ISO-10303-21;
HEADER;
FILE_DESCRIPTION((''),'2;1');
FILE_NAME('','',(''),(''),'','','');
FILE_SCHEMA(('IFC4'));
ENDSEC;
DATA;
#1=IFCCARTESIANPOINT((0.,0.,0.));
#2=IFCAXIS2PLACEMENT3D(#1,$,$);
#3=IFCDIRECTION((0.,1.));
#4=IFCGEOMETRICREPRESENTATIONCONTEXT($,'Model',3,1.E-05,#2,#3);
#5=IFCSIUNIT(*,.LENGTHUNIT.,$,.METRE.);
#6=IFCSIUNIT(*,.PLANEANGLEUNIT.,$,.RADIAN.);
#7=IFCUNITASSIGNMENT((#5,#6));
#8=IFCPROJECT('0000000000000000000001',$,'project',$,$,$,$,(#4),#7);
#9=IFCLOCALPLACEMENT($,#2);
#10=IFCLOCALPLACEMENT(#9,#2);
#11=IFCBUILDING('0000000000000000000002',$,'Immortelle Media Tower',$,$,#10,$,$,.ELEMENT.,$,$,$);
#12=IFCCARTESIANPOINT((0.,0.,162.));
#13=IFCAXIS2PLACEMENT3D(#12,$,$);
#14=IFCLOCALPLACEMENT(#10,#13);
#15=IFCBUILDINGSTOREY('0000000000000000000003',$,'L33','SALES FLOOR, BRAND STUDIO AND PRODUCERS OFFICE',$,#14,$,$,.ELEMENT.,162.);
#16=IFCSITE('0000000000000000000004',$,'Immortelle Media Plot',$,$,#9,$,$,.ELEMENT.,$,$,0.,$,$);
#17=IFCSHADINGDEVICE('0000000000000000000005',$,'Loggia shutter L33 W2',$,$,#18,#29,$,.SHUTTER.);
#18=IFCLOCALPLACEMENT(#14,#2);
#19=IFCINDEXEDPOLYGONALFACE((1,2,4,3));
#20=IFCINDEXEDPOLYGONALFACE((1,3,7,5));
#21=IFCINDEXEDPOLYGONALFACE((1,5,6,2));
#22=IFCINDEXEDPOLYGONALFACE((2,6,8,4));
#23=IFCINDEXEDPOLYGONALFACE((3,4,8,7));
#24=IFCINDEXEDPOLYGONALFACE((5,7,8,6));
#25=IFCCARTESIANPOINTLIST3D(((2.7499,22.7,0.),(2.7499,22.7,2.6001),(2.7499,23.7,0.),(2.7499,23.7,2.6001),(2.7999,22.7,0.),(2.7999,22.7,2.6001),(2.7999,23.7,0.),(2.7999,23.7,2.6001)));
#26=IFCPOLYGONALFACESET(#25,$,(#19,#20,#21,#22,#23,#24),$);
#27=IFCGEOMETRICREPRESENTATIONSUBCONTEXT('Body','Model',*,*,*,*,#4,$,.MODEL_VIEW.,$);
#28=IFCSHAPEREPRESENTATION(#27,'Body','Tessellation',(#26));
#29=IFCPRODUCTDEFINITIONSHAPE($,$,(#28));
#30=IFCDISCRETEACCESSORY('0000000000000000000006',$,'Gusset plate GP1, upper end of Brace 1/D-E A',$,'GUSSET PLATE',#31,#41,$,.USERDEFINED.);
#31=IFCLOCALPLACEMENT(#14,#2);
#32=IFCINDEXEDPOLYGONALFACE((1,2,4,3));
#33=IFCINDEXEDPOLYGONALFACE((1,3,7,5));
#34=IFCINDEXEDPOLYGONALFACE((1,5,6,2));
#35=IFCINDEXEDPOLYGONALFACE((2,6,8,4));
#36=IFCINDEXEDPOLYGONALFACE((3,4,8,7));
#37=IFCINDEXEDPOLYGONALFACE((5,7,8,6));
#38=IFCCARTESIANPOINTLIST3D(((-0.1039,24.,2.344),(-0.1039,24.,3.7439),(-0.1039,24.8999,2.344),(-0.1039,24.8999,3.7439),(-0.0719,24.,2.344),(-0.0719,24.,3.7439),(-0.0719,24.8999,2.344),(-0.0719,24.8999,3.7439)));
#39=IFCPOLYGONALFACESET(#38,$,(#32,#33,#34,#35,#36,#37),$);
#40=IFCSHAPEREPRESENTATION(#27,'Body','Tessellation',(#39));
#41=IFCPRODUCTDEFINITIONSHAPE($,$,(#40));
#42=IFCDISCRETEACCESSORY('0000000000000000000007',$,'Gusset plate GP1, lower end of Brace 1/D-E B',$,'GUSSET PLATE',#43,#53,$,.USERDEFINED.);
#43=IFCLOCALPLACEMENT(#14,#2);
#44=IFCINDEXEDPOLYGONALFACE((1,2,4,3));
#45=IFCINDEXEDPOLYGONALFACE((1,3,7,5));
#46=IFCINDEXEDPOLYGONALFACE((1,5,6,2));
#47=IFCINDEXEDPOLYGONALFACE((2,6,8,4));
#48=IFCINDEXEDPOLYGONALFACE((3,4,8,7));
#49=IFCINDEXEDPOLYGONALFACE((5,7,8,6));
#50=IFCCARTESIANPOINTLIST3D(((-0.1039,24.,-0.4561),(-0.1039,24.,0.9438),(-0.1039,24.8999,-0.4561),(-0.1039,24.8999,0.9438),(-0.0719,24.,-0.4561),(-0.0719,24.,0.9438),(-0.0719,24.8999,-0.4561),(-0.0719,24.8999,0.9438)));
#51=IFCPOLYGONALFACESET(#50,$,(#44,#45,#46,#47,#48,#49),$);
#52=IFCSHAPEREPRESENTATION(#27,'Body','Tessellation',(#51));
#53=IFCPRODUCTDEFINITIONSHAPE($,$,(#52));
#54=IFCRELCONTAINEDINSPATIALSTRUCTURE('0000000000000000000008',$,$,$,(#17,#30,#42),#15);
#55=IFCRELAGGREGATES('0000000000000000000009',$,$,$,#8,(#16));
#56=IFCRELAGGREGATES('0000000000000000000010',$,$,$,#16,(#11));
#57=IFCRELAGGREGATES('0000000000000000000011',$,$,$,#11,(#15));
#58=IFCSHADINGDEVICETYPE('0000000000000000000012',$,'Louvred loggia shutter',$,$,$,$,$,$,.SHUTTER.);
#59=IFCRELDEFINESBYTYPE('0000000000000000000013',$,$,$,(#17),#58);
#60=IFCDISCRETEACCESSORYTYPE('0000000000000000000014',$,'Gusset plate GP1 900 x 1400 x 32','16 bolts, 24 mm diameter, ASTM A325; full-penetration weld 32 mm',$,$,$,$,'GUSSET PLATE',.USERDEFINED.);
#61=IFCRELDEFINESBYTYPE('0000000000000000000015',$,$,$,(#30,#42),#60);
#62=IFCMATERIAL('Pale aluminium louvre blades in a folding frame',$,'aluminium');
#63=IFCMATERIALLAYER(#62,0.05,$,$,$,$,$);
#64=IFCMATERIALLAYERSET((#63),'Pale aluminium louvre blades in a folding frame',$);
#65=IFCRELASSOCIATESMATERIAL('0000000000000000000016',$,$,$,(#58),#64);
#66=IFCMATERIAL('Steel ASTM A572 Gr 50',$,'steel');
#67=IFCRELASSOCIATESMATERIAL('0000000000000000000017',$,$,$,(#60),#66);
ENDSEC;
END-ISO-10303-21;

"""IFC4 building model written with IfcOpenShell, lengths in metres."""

from ifc_helpers import new_model, si_unit, direction, frame, origin, origin_2d, place, context, subcontext, project, spatial, rectangle, extrude, material, layer, layer_set, material_profile, profile_set, type_object, element, save


model = new_model("IFC4")

# Units and contexts
model_context = context("Model", 3, precision=1e-05, world=origin(), true_north=direction((0.0, 1.0)))
body_context = subcontext(model_context, "Body", "Model", "MODEL_VIEW")
ifc_project = project(units=[si_unit("LENGTHUNIT", "METRE"), si_unit("PLANEANGLEUNIT", "RADIAN")], contexts=[model_context])

# Site, building, storey
site_placement = place(None, origin())
site = spatial("IfcSite", under=ifc_project, at=site_placement, Name="Immortelle Media Plot", CompositionType="ELEMENT", RefElevation=0.0)
building_placement = place(site_placement, origin())
building = spatial("IfcBuilding", under=site, at=building_placement, Name="Immortelle Media Tower", CompositionType="ELEMENT")
storey_placement = place(building_placement, frame((0.0, 0.0, 162.0)))
storey = spatial("IfcBuildingStorey", under=building, at=storey_placement, Name="L33", Description="SALES FLOOR, BRAND STUDIO AND PRODUCERS OFFICE", CompositionType="ELEMENT", Elevation=162.0)

# Shading device
ifc_material_1 = material(Name="Pale aluminium louvre blades in a folding frame", Category="aluminium")
ifc_layer_1 = layer(ifc_material_1, 0.05)
ifc_layer_set_1 = layer_set([ifc_layer_1], Name="Pale aluminium louvre blades in a folding frame")
shading_device_type_1 = type_object("IfcShadingDeviceType", Name="Louvred loggia shutter", PredefinedType="SHUTTER", material=ifc_layer_set_1)
shading_device_1_placement = place(storey_placement, frame((2.7749, 23.2, 0.0), z_axis=(0.0, 0.0, 1.0), x_axis=(0.0, -1.0, 0.0)))
element("IfcShadingDevice", 1, at=shading_device_1_placement, inside=storey, type_object=shading_device_type_1, Name="Loggia shutter L33 W2", PredefinedType="SHUTTER", context=body_context, shape_type="SweptSolid", body=[
    extrude(rectangle(XDim=1.0, YDim=0.05, at=origin_2d()), origin(), (0.0, 0.0, 1.0), 2.6001),
])

# Discrete accessories
ifc_material_2 = material(Name="Steel ASTM A572 Gr 50", Category="steel")
ifc_material_profile_1 = material_profile(ifc_material_2, rectangle(XDim=0.032, YDim=1.3999, at=origin_2d()), Name="PL 32 x 1400")
ifc_profile_set_1 = profile_set([ifc_material_profile_1], Name="Steel ASTM A572 Gr 50")
discrete_accessory_type = type_object("IfcDiscreteAccessoryType", Name="Gusset plate GP1 900 x 1400 x 32", Description="16 bolts, 24 mm diameter, ASTM A325; full-penetration weld 32 mm", ElementType="GUSSET PLATE", PredefinedType="USERDEFINED", material=ifc_profile_set_1)
for number, where, z_axis, x_axis, name in (
    (2, (-0.0879, 24.0, 3.0439), (0.0, 1.0, 0.0), (-1.0, 0.0, 0.0), "Gusset plate GP1, upper end of Brace 1/D-E A"),
    (3, (-0.0879, 24.0, 0.2439), (0.0, 1.0, 0.0), (-1.0, 0.0, 0.0), "Gusset plate GP1, lower end of Brace 1/D-E B"),
):
    element("IfcDiscreteAccessory", number, at=place(storey_placement, frame(where, z_axis=z_axis, x_axis=x_axis)), inside=storey, type_object=discrete_accessory_type, Name=name, ObjectType="GUSSET PLATE", PredefinedType="USERDEFINED", context=body_context, shape_type="SweptSolid", body=[
        extrude(rectangle(XDim=0.032, YDim=1.3999, at=origin_2d()), origin(), (0.0, 0.0, 1.0), 0.8999),
    ])

save(model, "model.ifc")
